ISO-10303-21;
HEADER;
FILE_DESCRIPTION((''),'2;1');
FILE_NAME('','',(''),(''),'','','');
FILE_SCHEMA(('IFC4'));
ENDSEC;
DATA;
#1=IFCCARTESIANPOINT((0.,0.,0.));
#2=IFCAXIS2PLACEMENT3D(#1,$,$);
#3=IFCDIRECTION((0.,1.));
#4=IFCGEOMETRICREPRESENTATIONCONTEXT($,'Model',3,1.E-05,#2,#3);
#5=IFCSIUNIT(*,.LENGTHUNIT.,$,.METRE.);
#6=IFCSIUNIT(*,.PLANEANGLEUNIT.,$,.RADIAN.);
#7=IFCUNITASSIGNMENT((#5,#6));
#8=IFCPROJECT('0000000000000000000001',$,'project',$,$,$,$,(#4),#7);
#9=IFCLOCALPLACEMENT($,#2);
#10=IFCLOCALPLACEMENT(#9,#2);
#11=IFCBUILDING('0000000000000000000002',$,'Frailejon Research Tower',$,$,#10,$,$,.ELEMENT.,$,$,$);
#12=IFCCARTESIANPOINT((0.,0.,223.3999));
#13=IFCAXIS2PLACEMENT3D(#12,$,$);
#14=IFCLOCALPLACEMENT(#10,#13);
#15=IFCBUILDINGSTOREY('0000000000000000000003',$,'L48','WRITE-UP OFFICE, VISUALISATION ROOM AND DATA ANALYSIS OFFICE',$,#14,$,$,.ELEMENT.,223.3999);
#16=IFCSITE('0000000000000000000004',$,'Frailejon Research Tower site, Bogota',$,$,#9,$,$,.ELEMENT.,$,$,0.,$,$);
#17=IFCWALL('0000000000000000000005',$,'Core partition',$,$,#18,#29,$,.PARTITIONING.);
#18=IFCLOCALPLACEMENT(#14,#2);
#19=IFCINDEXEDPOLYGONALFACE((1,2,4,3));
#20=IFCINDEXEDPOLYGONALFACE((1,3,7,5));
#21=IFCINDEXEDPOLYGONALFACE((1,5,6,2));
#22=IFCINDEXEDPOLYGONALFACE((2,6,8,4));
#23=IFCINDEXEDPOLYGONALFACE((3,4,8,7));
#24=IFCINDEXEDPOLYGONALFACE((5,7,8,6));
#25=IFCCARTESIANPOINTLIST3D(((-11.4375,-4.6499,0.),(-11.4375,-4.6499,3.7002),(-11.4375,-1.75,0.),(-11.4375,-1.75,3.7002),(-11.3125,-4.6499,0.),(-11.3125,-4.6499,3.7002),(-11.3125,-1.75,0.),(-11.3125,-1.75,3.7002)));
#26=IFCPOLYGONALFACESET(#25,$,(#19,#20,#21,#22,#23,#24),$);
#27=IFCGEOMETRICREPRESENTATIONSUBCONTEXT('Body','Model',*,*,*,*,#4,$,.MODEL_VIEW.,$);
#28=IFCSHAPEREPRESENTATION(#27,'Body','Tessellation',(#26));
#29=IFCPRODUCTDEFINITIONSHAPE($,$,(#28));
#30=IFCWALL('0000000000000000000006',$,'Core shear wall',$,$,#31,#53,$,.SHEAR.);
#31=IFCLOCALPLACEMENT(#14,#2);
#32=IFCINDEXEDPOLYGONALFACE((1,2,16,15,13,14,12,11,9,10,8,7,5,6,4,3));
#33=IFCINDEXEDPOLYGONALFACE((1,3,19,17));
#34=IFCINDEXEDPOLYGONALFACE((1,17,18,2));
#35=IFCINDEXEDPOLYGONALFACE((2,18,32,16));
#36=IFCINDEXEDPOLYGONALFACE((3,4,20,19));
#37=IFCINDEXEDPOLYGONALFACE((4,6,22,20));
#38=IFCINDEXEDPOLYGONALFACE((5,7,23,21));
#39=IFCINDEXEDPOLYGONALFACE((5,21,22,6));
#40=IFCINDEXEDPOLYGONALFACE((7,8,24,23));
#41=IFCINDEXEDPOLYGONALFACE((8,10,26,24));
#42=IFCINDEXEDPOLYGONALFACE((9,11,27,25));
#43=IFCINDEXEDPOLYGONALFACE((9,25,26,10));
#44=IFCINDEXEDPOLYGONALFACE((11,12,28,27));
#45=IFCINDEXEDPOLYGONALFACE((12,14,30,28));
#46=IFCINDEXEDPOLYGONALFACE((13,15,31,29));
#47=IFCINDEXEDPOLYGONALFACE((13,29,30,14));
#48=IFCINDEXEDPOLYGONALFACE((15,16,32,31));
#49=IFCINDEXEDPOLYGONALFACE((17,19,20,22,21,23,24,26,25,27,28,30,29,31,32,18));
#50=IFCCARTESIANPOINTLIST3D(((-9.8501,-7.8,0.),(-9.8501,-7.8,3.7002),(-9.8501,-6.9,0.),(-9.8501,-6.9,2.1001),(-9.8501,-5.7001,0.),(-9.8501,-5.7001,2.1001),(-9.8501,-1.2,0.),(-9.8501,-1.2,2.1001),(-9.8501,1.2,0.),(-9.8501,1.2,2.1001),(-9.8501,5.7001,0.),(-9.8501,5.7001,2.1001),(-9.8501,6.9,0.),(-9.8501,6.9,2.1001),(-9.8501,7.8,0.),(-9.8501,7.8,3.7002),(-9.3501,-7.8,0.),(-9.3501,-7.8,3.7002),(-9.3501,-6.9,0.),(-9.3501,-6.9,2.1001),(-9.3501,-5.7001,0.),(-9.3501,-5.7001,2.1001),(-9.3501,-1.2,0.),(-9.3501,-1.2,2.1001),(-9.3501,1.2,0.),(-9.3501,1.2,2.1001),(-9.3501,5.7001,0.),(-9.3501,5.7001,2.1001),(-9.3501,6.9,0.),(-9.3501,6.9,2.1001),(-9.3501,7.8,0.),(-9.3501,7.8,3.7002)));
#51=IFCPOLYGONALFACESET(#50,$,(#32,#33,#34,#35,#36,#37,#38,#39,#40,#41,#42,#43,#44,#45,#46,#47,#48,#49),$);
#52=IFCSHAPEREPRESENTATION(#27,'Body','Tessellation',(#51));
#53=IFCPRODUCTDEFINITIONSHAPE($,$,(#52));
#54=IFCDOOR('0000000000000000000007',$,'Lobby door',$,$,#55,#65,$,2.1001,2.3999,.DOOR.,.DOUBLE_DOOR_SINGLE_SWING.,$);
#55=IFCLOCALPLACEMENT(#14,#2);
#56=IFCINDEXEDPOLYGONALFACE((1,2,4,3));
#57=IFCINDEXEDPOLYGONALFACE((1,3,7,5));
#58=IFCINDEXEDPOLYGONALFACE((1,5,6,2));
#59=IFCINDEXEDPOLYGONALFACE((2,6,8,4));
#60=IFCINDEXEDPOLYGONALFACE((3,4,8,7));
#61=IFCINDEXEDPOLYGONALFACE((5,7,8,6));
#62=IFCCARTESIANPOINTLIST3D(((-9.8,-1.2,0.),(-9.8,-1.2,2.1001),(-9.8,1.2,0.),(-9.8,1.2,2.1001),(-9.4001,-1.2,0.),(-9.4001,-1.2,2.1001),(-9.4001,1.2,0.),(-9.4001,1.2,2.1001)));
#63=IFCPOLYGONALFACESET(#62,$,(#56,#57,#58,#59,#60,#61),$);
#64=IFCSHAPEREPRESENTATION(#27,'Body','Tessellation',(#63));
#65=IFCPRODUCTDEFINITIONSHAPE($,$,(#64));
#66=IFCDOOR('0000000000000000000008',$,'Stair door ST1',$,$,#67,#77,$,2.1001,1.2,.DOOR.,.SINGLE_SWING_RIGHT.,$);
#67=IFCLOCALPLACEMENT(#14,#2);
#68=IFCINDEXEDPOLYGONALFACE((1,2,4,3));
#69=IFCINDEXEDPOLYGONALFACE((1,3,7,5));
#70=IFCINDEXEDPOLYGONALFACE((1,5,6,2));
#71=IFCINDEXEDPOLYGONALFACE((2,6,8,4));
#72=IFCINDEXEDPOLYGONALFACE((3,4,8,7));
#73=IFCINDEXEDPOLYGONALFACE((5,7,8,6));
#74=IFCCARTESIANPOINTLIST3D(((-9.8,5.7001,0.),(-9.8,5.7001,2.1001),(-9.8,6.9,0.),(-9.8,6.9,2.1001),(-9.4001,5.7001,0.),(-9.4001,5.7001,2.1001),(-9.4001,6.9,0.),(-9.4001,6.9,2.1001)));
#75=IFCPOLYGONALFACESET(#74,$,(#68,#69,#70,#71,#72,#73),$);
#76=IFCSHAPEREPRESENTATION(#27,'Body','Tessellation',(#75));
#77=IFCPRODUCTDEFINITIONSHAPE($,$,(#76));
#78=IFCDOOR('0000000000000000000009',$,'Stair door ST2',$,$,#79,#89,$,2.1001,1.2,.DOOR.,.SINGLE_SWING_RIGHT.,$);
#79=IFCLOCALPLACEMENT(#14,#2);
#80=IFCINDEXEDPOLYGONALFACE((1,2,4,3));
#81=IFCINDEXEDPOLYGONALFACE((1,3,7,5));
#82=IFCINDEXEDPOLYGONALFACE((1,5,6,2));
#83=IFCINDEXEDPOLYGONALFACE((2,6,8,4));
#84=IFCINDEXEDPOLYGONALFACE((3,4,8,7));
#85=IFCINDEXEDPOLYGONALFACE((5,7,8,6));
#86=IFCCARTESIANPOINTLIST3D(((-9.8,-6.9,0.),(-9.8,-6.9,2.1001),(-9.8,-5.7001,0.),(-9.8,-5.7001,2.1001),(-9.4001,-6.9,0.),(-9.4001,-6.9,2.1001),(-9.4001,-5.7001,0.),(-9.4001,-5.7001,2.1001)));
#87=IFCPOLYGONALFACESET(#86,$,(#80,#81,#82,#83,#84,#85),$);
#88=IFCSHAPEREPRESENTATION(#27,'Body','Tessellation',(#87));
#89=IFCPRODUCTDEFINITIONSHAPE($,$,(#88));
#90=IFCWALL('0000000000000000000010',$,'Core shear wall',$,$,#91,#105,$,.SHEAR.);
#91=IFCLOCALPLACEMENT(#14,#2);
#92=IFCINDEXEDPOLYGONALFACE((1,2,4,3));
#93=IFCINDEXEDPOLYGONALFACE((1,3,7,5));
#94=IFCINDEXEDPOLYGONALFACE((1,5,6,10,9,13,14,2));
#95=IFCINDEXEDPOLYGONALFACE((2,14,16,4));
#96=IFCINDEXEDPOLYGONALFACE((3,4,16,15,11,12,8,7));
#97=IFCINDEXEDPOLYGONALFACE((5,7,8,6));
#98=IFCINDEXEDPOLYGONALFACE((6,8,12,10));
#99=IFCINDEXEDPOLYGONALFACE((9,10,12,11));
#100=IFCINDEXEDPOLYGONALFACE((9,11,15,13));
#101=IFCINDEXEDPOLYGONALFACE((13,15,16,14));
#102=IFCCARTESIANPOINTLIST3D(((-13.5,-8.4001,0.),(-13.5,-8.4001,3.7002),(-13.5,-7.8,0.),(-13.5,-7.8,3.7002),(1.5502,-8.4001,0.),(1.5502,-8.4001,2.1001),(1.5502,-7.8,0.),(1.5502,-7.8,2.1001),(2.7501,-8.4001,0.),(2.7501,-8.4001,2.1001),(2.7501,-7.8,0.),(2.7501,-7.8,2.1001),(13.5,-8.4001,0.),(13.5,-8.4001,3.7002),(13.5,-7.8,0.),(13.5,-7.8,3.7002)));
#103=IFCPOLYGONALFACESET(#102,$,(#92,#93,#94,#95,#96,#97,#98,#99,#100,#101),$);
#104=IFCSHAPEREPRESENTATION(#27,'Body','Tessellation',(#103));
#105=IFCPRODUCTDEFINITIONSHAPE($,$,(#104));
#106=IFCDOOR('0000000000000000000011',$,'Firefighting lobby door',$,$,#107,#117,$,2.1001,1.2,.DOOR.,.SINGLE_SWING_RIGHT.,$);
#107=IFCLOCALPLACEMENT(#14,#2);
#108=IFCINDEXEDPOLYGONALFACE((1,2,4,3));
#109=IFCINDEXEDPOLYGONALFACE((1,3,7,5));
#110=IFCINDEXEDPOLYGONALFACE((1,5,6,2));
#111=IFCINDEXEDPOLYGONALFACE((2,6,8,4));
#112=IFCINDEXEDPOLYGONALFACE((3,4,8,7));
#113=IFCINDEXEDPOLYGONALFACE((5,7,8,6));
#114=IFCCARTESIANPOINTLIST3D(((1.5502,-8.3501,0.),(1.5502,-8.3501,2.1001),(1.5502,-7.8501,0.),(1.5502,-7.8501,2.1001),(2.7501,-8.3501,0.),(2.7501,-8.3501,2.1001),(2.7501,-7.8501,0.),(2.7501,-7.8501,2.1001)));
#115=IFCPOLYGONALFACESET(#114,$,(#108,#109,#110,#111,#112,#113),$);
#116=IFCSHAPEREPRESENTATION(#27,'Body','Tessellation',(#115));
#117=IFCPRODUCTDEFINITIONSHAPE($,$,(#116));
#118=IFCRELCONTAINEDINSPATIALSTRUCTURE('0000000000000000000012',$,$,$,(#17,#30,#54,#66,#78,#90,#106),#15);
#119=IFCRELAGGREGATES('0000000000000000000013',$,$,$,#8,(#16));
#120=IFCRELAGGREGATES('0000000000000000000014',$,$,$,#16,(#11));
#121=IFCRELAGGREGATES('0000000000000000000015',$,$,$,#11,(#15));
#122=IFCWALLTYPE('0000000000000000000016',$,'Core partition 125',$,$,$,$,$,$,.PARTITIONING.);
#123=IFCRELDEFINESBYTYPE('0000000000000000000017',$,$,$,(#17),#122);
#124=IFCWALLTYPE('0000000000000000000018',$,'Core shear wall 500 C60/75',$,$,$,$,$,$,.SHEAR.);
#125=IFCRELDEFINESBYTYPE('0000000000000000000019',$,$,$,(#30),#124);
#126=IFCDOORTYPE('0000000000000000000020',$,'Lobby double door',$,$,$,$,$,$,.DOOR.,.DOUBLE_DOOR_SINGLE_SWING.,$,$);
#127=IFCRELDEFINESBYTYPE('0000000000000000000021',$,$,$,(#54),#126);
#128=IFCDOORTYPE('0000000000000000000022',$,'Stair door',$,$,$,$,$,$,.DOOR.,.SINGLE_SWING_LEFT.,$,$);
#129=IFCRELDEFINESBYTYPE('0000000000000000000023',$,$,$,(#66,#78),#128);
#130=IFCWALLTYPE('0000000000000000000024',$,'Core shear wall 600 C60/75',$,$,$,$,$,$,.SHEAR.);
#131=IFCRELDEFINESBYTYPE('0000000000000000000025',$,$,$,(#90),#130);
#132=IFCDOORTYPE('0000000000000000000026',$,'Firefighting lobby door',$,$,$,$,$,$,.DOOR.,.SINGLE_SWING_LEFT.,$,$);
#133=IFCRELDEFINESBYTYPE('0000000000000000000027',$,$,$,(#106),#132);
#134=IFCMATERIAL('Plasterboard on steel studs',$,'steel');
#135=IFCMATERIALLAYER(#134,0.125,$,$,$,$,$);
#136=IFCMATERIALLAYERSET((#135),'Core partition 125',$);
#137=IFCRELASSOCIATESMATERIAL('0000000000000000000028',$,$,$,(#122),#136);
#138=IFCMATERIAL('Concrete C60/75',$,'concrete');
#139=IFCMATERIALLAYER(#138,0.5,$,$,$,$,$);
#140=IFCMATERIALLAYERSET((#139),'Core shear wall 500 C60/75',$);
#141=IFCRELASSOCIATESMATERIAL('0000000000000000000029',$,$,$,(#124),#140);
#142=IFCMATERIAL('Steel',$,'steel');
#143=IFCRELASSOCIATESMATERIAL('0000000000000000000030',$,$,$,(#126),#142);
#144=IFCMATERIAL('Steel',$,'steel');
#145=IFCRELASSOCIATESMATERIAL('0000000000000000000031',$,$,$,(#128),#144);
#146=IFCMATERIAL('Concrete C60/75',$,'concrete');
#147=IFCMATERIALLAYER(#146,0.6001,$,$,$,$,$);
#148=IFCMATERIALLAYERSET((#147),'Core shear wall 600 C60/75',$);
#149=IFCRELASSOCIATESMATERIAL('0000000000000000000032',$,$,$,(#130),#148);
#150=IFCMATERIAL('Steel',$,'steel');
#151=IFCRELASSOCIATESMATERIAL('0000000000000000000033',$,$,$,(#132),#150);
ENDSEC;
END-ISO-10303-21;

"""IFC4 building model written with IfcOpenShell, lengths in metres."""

from ifc_helpers import new_model, si_unit, direction, frame, frame_2d, origin, place, context, subcontext, project, spatial, rectangle, extrude, material, layer, layer_set, type_object, element, fill, save


model = new_model("IFC4")

# Units and contexts
model_context = context("Model", 3, precision=1e-05, world=origin(), true_north=direction((0.0, 1.0)))
body_context = subcontext(model_context, "Body", "Model", "MODEL_VIEW")
ifc_project = project(units=[si_unit("LENGTHUNIT", "METRE"), si_unit("PLANEANGLEUNIT", "RADIAN")], contexts=[model_context])

# Site, building, storey
site_placement = place(None, origin())
site = spatial("IfcSite", under=ifc_project, at=site_placement, Name="Frailejon Research Tower site, Bogota", CompositionType="ELEMENT", RefElevation=0.0)
building_placement = place(site_placement, origin())
building = spatial("IfcBuilding", under=site, at=building_placement, Name="Frailejon Research Tower", CompositionType="ELEMENT")
storey_placement = place(building_placement, frame((0.0, 0.0, 223.3999)))
storey = spatial("IfcBuildingStorey", under=building, at=storey_placement, Name="L48", Description="WRITE-UP OFFICE, VISUALISATION ROOM AND DATA ANALYSIS OFFICE", CompositionType="ELEMENT", Elevation=223.3999)

# Wall
ifc_material_1 = material(Name="Plasterboard on steel studs", Category="steel")
ifc_layer_1 = layer(ifc_material_1, 0.125)
ifc_layer_set_1 = layer_set([ifc_layer_1], Name="Core partition 125")
wall_type_1 = type_object("IfcWallType", Name="Core partition 125", PredefinedType="PARTITIONING", material=ifc_layer_set_1)
wall_1_placement = place(storey_placement, frame((-11.375, -4.6499, 0.0), z_axis=(0.0, 0.0, 1.0), x_axis=(0.0, 1.0, 0.0)))
element("IfcWall", 1, at=wall_1_placement, inside=storey, type_object=wall_type_1, Name="Core partition", PredefinedType="PARTITIONING", context=body_context, shape_type="SweptSolid", body=[
    extrude(rectangle(XDim=2.8999, YDim=0.125, at=frame_2d((1.45, 0.0))), origin(), (0.0, 0.0, 1.0), 3.7002),
])

# Wall, openings, doors
ifc_material_2 = material(Name="Concrete C60/75", Category="concrete")
ifc_layer_2 = layer(ifc_material_2, 0.5)
ifc_layer_set_2 = layer_set([ifc_layer_2], Name="Core shear wall 500 C60/75")
wall_type_2 = type_object("IfcWallType", Name="Core shear wall 500 C60/75", PredefinedType="SHEAR", material=ifc_layer_set_2)
wall_2_placement = place(storey_placement, frame((-9.6001, -7.8, 0.0), z_axis=(0.0, 0.0, 1.0), x_axis=(0.0, 1.0, 0.0)))
wall_2 = element("IfcWall", 2, at=wall_2_placement, inside=storey, type_object=wall_type_2, Name="Core shear wall", PredefinedType="SHEAR", context=body_context, shape_type="SweptSolid", body=[
    extrude(rectangle(XDim=15.6001, YDim=0.5, at=frame_2d((7.8, 0.0))), origin(), (0.0, 0.0, 1.0), 3.7002),
])
opening_1_placement = place(wall_2_placement, frame((6.6001, 0.0, 0.0)))
opening_1 = element("IfcOpeningElement", 3, at=opening_1_placement, cuts=wall_2, PredefinedType="OPENING", context=body_context, shape_type="SweptSolid", body=[
    extrude(rectangle(XDim=2.3999, YDim=2.1001, at=frame_2d((1.2, 1.05))), frame((0.0, 0.26, 0.0), z_axis=(0.0, -1.0, 0.0), x_axis=(1.0, 0.0, 0.0)), (0.0, 0.0, 1.0), 0.52),
])
opening_2_placement = place(wall_2_placement, frame((13.5, 0.0, 0.0)))
opening_2 = element("IfcOpeningElement", 4, at=opening_2_placement, cuts=wall_2, PredefinedType="OPENING", context=body_context, shape_type="SweptSolid", body=[
    extrude(rectangle(XDim=1.2, YDim=2.1001, at=frame_2d((0.6001, 1.05))), frame((0.0, 0.26, 0.0), z_axis=(0.0, -1.0, 0.0), x_axis=(1.0, 0.0, 0.0)), (0.0, 0.0, 1.0), 0.52),
])
opening_3_placement = place(wall_2_placement, frame((0.8999, 0.0, 0.0)))
opening_3 = element("IfcOpeningElement", 5, at=opening_3_placement, cuts=wall_2, PredefinedType="OPENING", context=body_context, shape_type="SweptSolid", body=[
    extrude(rectangle(XDim=1.2, YDim=2.1001, at=frame_2d((0.6001, 1.05))), frame((0.0, 0.26, 0.0), z_axis=(0.0, -1.0, 0.0), x_axis=(1.0, 0.0, 0.0)), (0.0, 0.0, 1.0), 0.52),
])
ifc_material_3 = material(Name="Steel", Category="steel")
door_type_1 = type_object("IfcDoorType", Name="Lobby double door", OperationType="DOUBLE_DOOR_SINGLE_SWING", PredefinedType="DOOR", material=ifc_material_3)
door_1_placement = place(opening_1_placement, origin())
door_1 = element("IfcDoor", 6, at=door_1_placement, inside=storey, type_object=door_type_1, Name="Lobby door", OperationType="DOUBLE_DOOR_SINGLE_SWING", OverallHeight=2.1001, OverallWidth=2.3999, PredefinedType="DOOR", context=body_context, shape_type="SweptSolid", body=[
    extrude(rectangle(XDim=2.3999, YDim=2.1001, at=frame_2d((1.2, 1.05))), frame((0.0, 0.2, 0.0), z_axis=(0.0, -1.0, 0.0), x_axis=(1.0, 0.0, 0.0)), (0.0, 0.0, 1.0), 0.3999),
])
fill(opening_1, door_1)
ifc_material_4 = material(Name="Steel", Category="steel")
door_type_2 = type_object("IfcDoorType", Name="Stair door", OperationType="SINGLE_SWING_LEFT", PredefinedType="DOOR", material=ifc_material_4)
door_2_placement = place(opening_2_placement, origin())
door_2 = element("IfcDoor", 7, at=door_2_placement, inside=storey, type_object=door_type_2, Name="Stair door ST1", OperationType="SINGLE_SWING_RIGHT", OverallHeight=2.1001, OverallWidth=1.2, PredefinedType="DOOR", context=body_context, shape_type="SweptSolid", body=[
    extrude(rectangle(XDim=1.2, YDim=2.1001, at=frame_2d((0.6001, 1.05))), frame((0.0, 0.2, 0.0), z_axis=(0.0, -1.0, 0.0), x_axis=(1.0, 0.0, 0.0)), (0.0, 0.0, 1.0), 0.3999),
])
fill(opening_2, door_2)
door_3_placement = place(opening_3_placement, origin())
door_3 = element("IfcDoor", 8, at=door_3_placement, inside=storey, type_object=door_type_2, Name="Stair door ST2", OperationType="SINGLE_SWING_RIGHT", OverallHeight=2.1001, OverallWidth=1.2, PredefinedType="DOOR", context=body_context, shape_type="SweptSolid", body=[
    extrude(rectangle(XDim=1.2, YDim=2.1001, at=frame_2d((0.6001, 1.05))), frame((0.0, 0.2, 0.0), z_axis=(0.0, -1.0, 0.0), x_axis=(1.0, 0.0, 0.0)), (0.0, 0.0, 1.0), 0.3999),
])
fill(opening_3, door_3)

# Wall, opening, door
ifc_material_5 = material(Name="Concrete C60/75", Category="concrete")
ifc_layer_3 = layer(ifc_material_5, 0.6001)
ifc_layer_set_3 = layer_set([ifc_layer_3], Name="Core shear wall 600 C60/75")
wall_type_3 = type_object("IfcWallType", Name="Core shear wall 600 C60/75", PredefinedType="SHEAR", material=ifc_layer_set_3)
wall_3_placement = place(storey_placement, frame((-13.5, -8.1001, 0.0), z_axis=(0.0, 0.0, 1.0), x_axis=(1.0, 0.0, 0.0)))
wall_3 = element("IfcWall", 9, at=wall_3_placement, inside=storey, type_object=wall_type_3, Name="Core shear wall", PredefinedType="SHEAR", context=body_context, shape_type="SweptSolid", body=[
    extrude(rectangle(XDim=27.0, YDim=0.6001, at=frame_2d((13.5, 0.0))), origin(), (0.0, 0.0, 1.0), 3.7002),
])
opening_4_placement = place(wall_3_placement, frame((15.05, 0.0, 0.0)))
opening_4 = element("IfcOpeningElement", 10, at=opening_4_placement, cuts=wall_3, PredefinedType="OPENING", context=body_context, shape_type="SweptSolid", body=[
    extrude(rectangle(XDim=1.2, YDim=2.1001, at=frame_2d((0.6001, 1.05))), frame((0.0, 0.3101, 0.0), z_axis=(0.0, -1.0, 0.0), x_axis=(1.0, 0.0, 0.0)), (0.0, 0.0, 1.0), 0.6201),
])
ifc_material_6 = material(Name="Steel", Category="steel")
door_type_3 = type_object("IfcDoorType", Name="Firefighting lobby door", OperationType="SINGLE_SWING_LEFT", PredefinedType="DOOR", material=ifc_material_6)
door_4_placement = place(opening_4_placement, origin())
door_4 = element("IfcDoor", 11, at=door_4_placement, inside=storey, type_object=door_type_3, Name="Firefighting lobby door", OperationType="SINGLE_SWING_RIGHT", OverallHeight=2.1001, OverallWidth=1.2, PredefinedType="DOOR", context=body_context, shape_type="SweptSolid", body=[
    extrude(rectangle(XDim=1.2, YDim=2.1001, at=frame_2d((0.6001, 1.05))), frame((0.0, 0.25, 0.0), z_axis=(0.0, -1.0, 0.0), x_axis=(1.0, 0.0, 0.0)), (0.0, 0.0, 1.0), 0.5),
])
fill(opening_4, door_4)

save(model, "model.ifc")
